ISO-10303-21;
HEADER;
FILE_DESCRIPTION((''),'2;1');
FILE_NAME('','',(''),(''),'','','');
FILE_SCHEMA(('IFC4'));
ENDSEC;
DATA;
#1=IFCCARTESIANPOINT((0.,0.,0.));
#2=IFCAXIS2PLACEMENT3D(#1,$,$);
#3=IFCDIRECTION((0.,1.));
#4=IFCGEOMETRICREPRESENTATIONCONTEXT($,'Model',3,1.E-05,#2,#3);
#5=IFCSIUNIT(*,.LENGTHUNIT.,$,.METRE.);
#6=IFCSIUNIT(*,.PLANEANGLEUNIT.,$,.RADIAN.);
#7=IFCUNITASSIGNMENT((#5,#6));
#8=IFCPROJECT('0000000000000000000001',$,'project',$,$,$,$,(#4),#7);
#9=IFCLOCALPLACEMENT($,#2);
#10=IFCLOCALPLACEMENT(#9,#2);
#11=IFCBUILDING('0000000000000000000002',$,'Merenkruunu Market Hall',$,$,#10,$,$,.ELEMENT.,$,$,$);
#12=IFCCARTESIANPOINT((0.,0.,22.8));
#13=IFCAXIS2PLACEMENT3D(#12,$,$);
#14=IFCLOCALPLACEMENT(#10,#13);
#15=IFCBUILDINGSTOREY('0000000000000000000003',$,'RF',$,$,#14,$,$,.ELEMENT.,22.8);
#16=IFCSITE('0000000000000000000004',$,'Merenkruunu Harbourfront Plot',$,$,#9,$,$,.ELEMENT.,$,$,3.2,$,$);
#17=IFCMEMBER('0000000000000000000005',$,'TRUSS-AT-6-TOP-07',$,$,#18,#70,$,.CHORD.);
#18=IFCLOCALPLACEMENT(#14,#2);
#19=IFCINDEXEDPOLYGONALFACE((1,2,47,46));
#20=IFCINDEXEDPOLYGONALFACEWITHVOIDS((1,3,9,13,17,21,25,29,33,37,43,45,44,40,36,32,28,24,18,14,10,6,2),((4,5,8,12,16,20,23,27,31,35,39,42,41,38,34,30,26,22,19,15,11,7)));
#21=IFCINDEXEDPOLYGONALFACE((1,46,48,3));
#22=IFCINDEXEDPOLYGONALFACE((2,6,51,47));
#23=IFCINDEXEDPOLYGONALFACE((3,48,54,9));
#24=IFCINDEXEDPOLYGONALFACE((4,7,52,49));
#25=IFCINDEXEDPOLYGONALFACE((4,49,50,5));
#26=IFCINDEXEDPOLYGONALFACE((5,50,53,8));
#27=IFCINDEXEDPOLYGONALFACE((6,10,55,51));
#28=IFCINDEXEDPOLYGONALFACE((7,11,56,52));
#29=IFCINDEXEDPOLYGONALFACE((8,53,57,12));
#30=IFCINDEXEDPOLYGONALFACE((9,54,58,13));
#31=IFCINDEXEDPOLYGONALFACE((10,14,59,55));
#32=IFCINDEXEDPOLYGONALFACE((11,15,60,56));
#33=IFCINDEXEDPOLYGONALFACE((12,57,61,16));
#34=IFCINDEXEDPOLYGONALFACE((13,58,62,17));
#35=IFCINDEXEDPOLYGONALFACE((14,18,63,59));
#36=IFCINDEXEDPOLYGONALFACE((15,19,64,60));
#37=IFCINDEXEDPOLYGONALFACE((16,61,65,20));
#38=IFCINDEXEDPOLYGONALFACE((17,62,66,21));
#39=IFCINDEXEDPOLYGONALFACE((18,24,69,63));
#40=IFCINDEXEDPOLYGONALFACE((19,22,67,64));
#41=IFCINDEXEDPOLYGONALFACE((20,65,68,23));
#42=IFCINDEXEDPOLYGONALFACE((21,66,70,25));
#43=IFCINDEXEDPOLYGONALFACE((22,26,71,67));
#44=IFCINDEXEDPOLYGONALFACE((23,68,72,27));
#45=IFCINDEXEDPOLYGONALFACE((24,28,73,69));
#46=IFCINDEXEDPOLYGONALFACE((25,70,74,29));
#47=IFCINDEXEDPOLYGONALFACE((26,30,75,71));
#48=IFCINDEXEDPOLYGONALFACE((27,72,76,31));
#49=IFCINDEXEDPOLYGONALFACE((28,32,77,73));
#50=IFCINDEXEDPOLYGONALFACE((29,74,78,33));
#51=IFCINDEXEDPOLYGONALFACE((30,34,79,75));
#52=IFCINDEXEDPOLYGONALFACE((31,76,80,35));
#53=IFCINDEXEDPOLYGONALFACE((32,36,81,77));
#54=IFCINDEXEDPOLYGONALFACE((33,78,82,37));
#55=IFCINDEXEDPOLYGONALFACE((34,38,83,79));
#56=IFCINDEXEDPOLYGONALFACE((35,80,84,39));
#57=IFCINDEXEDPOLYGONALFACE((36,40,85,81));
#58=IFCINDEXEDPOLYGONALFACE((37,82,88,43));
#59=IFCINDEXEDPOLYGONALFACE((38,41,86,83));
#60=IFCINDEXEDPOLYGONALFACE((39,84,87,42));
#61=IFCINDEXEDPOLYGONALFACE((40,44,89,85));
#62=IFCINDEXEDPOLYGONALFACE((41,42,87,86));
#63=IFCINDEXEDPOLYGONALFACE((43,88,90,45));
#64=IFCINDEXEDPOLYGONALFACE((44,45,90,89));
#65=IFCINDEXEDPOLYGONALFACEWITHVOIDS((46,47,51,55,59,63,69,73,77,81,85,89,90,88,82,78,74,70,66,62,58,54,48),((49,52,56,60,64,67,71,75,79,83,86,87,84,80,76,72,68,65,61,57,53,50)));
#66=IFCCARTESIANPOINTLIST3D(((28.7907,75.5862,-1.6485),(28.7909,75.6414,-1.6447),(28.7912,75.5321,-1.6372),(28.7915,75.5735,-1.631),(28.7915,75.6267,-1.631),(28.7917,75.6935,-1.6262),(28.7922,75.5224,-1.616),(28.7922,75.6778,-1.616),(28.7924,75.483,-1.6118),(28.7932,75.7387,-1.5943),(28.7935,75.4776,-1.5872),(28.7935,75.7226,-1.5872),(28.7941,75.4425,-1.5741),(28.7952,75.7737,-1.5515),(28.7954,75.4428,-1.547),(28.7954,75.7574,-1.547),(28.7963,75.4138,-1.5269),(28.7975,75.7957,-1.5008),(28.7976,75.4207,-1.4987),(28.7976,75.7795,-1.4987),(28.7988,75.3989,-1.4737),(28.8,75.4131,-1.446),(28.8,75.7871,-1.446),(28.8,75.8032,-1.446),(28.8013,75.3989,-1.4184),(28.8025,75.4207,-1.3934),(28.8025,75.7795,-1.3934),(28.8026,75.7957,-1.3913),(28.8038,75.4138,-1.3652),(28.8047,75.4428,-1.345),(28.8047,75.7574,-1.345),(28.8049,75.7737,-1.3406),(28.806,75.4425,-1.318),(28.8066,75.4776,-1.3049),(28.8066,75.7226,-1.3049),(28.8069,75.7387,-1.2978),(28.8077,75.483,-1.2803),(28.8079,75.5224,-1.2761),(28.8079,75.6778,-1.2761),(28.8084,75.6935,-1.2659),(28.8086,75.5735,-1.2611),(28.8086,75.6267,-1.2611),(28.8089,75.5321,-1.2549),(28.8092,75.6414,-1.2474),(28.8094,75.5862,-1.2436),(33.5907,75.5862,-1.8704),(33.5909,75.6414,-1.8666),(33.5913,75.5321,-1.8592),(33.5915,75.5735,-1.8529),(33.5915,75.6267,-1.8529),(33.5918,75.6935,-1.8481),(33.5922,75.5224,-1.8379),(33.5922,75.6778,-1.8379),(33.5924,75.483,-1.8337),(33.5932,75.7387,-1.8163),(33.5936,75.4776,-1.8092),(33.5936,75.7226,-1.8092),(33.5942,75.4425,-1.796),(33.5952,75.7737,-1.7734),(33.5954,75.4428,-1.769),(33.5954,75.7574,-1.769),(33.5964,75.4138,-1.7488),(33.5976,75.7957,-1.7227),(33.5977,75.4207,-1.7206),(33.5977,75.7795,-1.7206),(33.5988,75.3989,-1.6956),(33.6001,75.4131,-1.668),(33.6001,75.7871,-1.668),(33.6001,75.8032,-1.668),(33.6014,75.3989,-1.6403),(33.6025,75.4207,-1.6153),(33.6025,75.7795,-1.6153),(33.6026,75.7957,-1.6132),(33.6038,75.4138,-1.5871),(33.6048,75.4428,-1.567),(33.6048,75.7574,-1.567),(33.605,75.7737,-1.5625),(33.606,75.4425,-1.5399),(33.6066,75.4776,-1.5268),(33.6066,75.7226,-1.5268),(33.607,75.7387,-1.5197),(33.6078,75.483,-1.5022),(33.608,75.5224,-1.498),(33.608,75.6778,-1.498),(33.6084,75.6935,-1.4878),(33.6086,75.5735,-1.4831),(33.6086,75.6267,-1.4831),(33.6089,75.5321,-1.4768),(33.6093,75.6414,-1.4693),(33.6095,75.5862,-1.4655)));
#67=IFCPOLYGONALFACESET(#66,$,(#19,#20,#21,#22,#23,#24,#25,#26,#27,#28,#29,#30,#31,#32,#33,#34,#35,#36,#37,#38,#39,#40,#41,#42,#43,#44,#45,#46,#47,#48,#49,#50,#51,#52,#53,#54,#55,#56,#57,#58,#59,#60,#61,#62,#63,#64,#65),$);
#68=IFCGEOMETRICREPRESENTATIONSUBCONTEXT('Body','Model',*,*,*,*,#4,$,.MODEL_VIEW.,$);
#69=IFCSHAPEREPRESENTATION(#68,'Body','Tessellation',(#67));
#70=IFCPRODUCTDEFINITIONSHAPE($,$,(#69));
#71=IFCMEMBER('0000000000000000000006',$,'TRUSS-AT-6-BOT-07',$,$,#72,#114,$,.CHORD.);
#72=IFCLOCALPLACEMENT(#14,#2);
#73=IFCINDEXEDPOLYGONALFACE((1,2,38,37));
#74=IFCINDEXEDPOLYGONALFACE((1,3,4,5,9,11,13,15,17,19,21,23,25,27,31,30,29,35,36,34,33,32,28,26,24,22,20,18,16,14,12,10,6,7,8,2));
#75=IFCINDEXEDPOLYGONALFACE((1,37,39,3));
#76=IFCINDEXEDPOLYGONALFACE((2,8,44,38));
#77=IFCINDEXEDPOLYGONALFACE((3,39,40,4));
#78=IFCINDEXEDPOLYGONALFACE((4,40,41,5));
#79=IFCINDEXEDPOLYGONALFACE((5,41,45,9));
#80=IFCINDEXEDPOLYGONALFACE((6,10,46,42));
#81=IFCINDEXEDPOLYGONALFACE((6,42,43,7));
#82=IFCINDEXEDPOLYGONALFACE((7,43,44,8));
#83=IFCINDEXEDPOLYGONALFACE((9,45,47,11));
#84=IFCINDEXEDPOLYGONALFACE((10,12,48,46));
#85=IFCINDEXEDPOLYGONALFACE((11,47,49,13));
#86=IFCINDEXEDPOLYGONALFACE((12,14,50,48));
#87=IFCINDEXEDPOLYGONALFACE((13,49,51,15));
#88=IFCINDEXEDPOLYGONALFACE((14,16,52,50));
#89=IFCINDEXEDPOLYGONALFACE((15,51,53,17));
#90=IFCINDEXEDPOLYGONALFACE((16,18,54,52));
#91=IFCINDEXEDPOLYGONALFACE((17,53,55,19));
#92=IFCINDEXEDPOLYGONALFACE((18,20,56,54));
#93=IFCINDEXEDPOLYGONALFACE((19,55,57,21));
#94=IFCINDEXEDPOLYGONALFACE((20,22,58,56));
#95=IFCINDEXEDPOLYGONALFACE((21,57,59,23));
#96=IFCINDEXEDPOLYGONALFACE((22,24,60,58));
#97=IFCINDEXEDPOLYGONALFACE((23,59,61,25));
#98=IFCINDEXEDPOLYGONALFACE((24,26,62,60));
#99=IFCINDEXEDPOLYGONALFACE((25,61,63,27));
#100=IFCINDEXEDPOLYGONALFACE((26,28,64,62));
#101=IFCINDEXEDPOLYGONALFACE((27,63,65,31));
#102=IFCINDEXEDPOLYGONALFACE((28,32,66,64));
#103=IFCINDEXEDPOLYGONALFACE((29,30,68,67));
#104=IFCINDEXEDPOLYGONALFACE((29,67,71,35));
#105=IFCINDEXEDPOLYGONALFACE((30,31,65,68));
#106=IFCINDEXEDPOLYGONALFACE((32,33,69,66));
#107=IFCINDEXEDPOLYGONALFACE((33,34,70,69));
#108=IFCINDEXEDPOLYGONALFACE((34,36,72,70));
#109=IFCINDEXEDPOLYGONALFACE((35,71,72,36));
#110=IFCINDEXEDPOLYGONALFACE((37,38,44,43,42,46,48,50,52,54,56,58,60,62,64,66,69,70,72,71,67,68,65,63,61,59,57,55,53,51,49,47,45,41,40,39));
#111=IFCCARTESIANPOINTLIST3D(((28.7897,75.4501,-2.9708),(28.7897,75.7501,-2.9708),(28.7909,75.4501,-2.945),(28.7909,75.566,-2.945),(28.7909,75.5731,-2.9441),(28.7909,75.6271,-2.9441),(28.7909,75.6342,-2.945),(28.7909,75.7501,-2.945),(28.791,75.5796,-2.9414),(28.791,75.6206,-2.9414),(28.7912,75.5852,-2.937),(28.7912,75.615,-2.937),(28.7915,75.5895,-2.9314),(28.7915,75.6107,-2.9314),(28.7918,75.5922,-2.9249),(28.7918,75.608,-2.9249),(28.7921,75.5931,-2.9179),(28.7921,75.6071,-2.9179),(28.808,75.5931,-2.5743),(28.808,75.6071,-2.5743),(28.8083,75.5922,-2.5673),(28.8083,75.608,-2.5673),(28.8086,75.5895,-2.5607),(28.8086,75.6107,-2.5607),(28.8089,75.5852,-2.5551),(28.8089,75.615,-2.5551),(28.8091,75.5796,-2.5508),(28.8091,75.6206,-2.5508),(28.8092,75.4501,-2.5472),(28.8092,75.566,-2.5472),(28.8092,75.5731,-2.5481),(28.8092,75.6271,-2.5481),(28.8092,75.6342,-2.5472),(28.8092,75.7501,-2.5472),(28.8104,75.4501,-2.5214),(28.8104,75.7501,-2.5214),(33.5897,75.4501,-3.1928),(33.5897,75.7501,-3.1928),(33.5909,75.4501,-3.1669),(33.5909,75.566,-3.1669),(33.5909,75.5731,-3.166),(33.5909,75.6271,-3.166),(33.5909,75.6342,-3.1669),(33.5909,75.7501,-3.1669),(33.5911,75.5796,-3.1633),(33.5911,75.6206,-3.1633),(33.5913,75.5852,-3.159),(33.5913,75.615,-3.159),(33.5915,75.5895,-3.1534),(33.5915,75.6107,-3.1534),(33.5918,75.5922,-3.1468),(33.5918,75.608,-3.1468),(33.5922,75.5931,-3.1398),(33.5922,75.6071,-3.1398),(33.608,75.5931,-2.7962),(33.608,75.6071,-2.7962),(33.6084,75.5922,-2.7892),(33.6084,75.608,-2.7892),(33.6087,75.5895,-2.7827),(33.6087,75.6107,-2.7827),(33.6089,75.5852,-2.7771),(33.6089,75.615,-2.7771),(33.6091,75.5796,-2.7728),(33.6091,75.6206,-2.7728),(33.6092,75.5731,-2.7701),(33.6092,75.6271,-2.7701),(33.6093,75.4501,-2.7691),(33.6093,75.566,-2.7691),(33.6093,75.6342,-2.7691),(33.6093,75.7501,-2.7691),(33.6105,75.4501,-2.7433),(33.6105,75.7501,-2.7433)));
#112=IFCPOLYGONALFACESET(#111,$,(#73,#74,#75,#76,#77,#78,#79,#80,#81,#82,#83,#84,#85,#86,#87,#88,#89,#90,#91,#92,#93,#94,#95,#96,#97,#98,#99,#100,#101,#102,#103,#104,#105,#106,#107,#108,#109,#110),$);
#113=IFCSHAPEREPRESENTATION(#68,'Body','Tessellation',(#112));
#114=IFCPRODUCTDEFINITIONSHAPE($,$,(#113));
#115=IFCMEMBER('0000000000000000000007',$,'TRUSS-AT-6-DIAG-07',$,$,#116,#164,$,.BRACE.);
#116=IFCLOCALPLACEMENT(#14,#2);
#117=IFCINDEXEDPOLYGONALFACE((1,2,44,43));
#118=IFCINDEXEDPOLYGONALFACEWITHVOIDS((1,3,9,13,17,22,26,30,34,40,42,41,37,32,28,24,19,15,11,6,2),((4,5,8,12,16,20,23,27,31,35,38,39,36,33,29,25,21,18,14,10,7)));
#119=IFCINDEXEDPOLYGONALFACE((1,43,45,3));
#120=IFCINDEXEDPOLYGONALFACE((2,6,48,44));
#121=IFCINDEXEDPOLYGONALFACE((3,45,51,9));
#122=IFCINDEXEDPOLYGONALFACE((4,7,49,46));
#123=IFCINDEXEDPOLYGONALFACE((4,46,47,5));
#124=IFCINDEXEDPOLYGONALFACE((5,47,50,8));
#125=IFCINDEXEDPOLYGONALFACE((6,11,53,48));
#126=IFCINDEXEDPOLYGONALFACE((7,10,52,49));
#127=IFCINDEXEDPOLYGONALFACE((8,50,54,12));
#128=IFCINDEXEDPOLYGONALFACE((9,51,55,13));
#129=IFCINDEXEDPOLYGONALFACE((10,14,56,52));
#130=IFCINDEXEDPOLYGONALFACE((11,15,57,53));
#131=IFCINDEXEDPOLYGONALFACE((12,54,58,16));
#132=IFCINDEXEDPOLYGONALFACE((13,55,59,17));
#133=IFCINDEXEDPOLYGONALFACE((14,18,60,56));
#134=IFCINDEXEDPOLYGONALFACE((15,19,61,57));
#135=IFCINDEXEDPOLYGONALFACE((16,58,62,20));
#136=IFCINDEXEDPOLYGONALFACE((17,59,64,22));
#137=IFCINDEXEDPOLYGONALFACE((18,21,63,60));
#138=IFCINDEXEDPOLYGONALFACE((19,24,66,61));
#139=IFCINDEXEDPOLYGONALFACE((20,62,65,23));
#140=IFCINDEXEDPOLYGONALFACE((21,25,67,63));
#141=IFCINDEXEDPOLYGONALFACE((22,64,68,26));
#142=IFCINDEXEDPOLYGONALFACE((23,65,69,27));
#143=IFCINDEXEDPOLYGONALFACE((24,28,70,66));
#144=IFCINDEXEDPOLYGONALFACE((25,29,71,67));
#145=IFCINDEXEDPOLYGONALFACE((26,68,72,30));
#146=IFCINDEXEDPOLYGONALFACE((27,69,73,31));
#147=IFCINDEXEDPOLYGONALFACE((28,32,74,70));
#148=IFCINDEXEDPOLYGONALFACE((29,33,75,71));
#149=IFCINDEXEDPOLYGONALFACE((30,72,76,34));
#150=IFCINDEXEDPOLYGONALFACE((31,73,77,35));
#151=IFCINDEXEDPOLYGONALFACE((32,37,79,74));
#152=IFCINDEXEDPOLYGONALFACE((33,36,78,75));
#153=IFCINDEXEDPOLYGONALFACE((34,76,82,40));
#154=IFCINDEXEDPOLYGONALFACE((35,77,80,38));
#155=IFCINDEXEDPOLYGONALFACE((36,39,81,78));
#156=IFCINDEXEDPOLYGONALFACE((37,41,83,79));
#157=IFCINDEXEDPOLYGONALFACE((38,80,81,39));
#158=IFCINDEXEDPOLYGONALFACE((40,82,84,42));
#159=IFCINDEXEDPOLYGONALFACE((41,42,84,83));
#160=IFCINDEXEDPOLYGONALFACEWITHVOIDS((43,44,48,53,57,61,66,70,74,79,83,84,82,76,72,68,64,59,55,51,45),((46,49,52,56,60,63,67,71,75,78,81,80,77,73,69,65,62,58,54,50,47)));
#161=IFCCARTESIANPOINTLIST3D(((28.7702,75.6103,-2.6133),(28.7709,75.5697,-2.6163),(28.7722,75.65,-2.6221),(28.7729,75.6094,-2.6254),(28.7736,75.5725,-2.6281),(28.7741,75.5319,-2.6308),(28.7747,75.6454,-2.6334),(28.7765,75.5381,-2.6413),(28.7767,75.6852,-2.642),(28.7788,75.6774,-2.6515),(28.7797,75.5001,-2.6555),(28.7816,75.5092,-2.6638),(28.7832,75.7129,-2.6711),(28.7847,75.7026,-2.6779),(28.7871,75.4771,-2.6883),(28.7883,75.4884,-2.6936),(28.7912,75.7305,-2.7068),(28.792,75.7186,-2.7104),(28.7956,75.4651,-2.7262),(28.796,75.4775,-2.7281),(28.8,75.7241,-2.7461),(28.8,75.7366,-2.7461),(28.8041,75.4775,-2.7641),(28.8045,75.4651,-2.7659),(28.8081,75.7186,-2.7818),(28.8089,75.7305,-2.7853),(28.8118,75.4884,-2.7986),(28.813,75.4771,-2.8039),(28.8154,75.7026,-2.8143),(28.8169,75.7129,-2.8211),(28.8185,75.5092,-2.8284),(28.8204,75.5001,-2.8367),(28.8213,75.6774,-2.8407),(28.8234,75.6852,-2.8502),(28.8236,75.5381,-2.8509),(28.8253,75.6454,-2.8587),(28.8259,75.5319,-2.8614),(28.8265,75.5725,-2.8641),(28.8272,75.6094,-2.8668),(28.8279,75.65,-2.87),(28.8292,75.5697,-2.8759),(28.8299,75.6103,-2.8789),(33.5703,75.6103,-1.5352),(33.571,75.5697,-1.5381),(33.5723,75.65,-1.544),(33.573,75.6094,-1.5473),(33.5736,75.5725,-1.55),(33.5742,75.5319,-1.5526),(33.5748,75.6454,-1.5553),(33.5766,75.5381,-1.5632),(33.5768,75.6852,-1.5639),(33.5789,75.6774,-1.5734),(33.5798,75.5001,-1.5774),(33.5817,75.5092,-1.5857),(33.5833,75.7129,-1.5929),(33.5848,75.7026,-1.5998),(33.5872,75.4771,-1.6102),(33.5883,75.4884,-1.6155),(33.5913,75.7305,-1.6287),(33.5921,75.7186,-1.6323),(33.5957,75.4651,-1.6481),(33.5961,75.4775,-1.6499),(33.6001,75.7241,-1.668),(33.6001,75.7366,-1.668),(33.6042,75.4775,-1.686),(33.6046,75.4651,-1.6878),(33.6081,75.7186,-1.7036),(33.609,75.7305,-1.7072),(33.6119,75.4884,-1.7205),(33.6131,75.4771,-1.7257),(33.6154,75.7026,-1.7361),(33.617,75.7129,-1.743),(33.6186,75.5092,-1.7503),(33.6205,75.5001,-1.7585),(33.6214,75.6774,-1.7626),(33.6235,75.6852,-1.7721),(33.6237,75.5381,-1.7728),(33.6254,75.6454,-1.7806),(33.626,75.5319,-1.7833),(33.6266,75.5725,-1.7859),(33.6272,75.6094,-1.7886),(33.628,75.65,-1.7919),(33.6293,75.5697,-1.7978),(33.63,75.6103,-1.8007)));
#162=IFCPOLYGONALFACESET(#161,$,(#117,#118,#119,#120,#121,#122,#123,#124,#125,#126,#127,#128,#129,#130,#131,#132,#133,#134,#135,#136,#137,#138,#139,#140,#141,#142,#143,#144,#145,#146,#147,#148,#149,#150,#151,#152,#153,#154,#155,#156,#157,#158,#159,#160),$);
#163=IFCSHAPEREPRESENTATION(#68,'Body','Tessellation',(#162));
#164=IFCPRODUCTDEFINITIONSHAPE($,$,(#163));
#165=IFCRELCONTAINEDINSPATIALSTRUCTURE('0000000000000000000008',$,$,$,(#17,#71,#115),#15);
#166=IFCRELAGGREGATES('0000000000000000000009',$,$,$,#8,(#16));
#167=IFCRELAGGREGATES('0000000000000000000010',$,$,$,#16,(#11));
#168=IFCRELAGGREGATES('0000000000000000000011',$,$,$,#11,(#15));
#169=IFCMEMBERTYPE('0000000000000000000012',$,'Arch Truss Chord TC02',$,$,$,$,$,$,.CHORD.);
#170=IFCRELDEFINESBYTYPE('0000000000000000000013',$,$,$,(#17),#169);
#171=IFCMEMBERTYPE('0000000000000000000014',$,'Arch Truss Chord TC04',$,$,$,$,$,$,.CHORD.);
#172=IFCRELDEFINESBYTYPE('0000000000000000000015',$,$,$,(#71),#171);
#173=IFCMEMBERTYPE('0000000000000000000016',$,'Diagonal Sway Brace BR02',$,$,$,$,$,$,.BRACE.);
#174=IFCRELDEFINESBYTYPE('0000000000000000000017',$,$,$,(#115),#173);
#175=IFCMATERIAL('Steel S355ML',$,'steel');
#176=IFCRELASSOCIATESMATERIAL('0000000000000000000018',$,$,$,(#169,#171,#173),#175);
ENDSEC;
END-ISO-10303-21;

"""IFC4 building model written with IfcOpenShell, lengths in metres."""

from ifc_helpers import new_model, si_unit, direction, frame, origin, origin_2d, place, context, subcontext, project, spatial, hollow_circle, i_section, extrude, material, material_profile, profile_set, type_object, element, save


model = new_model("IFC4")

# Units and contexts
model_context = context("Model", 3, precision=1e-05, world=origin(), true_north=direction((0.0, 1.0)))
body_context = subcontext(model_context, "Body", "Model", "MODEL_VIEW")
ifc_project = project(units=[si_unit("LENGTHUNIT", "METRE"), si_unit("PLANEANGLEUNIT", "RADIAN")], contexts=[model_context])

# Site, building, storey
site_placement = place(None, origin())
site = spatial("IfcSite", under=ifc_project, at=site_placement, Name="Merenkruunu Harbourfront Plot", CompositionType="ELEMENT", RefElevation=3.2)
building_placement = place(site_placement, origin())
building = spatial("IfcBuilding", under=site, at=building_placement, Name="Merenkruunu Market Hall", CompositionType="ELEMENT")
storey_placement = place(building_placement, frame((0.0, 0.0, 22.8)))
storey = spatial("IfcBuildingStorey", under=building, at=storey_placement, Name="RF", CompositionType="ELEMENT", Elevation=22.8)

# Members
ifc_material_1 = material(Name="Steel S355ML", Category="steel")
ifc_material_profile_1 = material_profile(ifc_material_1, hollow_circle(Radius=0.2031, WallThickness=0.0161, at=origin_2d()), Name="CHS 406.4x16")
ifc_profile_set_1 = profile_set([ifc_material_profile_1], Name="Steel S355ML")
member_type_1 = type_object("IfcMemberType", Name="Arch Truss Chord TC02", PredefinedType="CHORD", material=ifc_profile_set_1)
member_1_placement = place(storey_placement, frame((28.8, 75.6001, -1.446), z_axis=(0.998933, 0.0, -0.046184), x_axis=(0.0, 1.0, 0.0)))
element("IfcMember", 1, at=member_1_placement, inside=storey, type_object=member_type_1, Name="TRUSS-AT-6-TOP-07", PredefinedType="CHORD", context=body_context, shape_type="SweptSolid", body=[
    extrude(hollow_circle(Radius=0.2031, WallThickness=0.0161, at=origin_2d()), origin(), (0.0, 0.0, 1.0), 4.8052),
])
ifc_material_profile_2 = material_profile(ifc_material_1, i_section(OverallWidth=0.3, OverallDepth=0.45, WebThickness=0.0139, FlangeThickness=0.0259, FilletRadius=0.0271, at=origin_2d()), Name="HEB 450")
ifc_profile_set_2 = profile_set([ifc_material_profile_2], Name="Steel S355ML")
member_type_2 = type_object("IfcMemberType", Name="Arch Truss Chord TC04", PredefinedType="CHORD", material=ifc_profile_set_2)
member_2_placement = place(storey_placement, frame((28.8, 75.6001, -2.7461), z_axis=(0.998933, 0.0, -0.046184), x_axis=(0.0, 1.0, 0.0)))
element("IfcMember", 2, at=member_2_placement, inside=storey, type_object=member_type_2, Name="TRUSS-AT-6-BOT-07", PredefinedType="CHORD", context=body_context, shape_type="SweptSolid", body=[
    extrude(i_section(OverallWidth=0.3, OverallDepth=0.45, WebThickness=0.0139, FlangeThickness=0.0259, FilletRadius=0.0271, at=origin_2d()), origin(), (0.0, 0.0, 1.0), 4.8052),
])
ifc_material_profile_3 = material_profile(ifc_material_1, hollow_circle(Radius=0.1365, WallThickness=0.0125, at=origin_2d()), Name="CHS 273x12.5")
ifc_profile_set_3 = profile_set([ifc_material_profile_3], Name="Steel S355ML")
member_type_3 = type_object("IfcMemberType", Name="Diagonal Sway Brace BR02", PredefinedType="BRACE", material=ifc_profile_set_3)
member_3_placement = place(storey_placement, frame((28.8, 75.6001, -2.7461), z_axis=(0.975692, 0.0, 0.219147), x_axis=(0.0, 1.0, 0.0)))
element("IfcMember", 3, at=member_3_placement, inside=storey, type_object=member_type_3, Name="TRUSS-AT-6-DIAG-07", PredefinedType="BRACE", context=body_context, shape_type="SweptSolid", body=[
    extrude(hollow_circle(Radius=0.1365, WallThickness=0.0125, at=origin_2d()), origin(), (0.0, 0.0, 1.0), 4.9197),
])

save(model, "model.ifc")
